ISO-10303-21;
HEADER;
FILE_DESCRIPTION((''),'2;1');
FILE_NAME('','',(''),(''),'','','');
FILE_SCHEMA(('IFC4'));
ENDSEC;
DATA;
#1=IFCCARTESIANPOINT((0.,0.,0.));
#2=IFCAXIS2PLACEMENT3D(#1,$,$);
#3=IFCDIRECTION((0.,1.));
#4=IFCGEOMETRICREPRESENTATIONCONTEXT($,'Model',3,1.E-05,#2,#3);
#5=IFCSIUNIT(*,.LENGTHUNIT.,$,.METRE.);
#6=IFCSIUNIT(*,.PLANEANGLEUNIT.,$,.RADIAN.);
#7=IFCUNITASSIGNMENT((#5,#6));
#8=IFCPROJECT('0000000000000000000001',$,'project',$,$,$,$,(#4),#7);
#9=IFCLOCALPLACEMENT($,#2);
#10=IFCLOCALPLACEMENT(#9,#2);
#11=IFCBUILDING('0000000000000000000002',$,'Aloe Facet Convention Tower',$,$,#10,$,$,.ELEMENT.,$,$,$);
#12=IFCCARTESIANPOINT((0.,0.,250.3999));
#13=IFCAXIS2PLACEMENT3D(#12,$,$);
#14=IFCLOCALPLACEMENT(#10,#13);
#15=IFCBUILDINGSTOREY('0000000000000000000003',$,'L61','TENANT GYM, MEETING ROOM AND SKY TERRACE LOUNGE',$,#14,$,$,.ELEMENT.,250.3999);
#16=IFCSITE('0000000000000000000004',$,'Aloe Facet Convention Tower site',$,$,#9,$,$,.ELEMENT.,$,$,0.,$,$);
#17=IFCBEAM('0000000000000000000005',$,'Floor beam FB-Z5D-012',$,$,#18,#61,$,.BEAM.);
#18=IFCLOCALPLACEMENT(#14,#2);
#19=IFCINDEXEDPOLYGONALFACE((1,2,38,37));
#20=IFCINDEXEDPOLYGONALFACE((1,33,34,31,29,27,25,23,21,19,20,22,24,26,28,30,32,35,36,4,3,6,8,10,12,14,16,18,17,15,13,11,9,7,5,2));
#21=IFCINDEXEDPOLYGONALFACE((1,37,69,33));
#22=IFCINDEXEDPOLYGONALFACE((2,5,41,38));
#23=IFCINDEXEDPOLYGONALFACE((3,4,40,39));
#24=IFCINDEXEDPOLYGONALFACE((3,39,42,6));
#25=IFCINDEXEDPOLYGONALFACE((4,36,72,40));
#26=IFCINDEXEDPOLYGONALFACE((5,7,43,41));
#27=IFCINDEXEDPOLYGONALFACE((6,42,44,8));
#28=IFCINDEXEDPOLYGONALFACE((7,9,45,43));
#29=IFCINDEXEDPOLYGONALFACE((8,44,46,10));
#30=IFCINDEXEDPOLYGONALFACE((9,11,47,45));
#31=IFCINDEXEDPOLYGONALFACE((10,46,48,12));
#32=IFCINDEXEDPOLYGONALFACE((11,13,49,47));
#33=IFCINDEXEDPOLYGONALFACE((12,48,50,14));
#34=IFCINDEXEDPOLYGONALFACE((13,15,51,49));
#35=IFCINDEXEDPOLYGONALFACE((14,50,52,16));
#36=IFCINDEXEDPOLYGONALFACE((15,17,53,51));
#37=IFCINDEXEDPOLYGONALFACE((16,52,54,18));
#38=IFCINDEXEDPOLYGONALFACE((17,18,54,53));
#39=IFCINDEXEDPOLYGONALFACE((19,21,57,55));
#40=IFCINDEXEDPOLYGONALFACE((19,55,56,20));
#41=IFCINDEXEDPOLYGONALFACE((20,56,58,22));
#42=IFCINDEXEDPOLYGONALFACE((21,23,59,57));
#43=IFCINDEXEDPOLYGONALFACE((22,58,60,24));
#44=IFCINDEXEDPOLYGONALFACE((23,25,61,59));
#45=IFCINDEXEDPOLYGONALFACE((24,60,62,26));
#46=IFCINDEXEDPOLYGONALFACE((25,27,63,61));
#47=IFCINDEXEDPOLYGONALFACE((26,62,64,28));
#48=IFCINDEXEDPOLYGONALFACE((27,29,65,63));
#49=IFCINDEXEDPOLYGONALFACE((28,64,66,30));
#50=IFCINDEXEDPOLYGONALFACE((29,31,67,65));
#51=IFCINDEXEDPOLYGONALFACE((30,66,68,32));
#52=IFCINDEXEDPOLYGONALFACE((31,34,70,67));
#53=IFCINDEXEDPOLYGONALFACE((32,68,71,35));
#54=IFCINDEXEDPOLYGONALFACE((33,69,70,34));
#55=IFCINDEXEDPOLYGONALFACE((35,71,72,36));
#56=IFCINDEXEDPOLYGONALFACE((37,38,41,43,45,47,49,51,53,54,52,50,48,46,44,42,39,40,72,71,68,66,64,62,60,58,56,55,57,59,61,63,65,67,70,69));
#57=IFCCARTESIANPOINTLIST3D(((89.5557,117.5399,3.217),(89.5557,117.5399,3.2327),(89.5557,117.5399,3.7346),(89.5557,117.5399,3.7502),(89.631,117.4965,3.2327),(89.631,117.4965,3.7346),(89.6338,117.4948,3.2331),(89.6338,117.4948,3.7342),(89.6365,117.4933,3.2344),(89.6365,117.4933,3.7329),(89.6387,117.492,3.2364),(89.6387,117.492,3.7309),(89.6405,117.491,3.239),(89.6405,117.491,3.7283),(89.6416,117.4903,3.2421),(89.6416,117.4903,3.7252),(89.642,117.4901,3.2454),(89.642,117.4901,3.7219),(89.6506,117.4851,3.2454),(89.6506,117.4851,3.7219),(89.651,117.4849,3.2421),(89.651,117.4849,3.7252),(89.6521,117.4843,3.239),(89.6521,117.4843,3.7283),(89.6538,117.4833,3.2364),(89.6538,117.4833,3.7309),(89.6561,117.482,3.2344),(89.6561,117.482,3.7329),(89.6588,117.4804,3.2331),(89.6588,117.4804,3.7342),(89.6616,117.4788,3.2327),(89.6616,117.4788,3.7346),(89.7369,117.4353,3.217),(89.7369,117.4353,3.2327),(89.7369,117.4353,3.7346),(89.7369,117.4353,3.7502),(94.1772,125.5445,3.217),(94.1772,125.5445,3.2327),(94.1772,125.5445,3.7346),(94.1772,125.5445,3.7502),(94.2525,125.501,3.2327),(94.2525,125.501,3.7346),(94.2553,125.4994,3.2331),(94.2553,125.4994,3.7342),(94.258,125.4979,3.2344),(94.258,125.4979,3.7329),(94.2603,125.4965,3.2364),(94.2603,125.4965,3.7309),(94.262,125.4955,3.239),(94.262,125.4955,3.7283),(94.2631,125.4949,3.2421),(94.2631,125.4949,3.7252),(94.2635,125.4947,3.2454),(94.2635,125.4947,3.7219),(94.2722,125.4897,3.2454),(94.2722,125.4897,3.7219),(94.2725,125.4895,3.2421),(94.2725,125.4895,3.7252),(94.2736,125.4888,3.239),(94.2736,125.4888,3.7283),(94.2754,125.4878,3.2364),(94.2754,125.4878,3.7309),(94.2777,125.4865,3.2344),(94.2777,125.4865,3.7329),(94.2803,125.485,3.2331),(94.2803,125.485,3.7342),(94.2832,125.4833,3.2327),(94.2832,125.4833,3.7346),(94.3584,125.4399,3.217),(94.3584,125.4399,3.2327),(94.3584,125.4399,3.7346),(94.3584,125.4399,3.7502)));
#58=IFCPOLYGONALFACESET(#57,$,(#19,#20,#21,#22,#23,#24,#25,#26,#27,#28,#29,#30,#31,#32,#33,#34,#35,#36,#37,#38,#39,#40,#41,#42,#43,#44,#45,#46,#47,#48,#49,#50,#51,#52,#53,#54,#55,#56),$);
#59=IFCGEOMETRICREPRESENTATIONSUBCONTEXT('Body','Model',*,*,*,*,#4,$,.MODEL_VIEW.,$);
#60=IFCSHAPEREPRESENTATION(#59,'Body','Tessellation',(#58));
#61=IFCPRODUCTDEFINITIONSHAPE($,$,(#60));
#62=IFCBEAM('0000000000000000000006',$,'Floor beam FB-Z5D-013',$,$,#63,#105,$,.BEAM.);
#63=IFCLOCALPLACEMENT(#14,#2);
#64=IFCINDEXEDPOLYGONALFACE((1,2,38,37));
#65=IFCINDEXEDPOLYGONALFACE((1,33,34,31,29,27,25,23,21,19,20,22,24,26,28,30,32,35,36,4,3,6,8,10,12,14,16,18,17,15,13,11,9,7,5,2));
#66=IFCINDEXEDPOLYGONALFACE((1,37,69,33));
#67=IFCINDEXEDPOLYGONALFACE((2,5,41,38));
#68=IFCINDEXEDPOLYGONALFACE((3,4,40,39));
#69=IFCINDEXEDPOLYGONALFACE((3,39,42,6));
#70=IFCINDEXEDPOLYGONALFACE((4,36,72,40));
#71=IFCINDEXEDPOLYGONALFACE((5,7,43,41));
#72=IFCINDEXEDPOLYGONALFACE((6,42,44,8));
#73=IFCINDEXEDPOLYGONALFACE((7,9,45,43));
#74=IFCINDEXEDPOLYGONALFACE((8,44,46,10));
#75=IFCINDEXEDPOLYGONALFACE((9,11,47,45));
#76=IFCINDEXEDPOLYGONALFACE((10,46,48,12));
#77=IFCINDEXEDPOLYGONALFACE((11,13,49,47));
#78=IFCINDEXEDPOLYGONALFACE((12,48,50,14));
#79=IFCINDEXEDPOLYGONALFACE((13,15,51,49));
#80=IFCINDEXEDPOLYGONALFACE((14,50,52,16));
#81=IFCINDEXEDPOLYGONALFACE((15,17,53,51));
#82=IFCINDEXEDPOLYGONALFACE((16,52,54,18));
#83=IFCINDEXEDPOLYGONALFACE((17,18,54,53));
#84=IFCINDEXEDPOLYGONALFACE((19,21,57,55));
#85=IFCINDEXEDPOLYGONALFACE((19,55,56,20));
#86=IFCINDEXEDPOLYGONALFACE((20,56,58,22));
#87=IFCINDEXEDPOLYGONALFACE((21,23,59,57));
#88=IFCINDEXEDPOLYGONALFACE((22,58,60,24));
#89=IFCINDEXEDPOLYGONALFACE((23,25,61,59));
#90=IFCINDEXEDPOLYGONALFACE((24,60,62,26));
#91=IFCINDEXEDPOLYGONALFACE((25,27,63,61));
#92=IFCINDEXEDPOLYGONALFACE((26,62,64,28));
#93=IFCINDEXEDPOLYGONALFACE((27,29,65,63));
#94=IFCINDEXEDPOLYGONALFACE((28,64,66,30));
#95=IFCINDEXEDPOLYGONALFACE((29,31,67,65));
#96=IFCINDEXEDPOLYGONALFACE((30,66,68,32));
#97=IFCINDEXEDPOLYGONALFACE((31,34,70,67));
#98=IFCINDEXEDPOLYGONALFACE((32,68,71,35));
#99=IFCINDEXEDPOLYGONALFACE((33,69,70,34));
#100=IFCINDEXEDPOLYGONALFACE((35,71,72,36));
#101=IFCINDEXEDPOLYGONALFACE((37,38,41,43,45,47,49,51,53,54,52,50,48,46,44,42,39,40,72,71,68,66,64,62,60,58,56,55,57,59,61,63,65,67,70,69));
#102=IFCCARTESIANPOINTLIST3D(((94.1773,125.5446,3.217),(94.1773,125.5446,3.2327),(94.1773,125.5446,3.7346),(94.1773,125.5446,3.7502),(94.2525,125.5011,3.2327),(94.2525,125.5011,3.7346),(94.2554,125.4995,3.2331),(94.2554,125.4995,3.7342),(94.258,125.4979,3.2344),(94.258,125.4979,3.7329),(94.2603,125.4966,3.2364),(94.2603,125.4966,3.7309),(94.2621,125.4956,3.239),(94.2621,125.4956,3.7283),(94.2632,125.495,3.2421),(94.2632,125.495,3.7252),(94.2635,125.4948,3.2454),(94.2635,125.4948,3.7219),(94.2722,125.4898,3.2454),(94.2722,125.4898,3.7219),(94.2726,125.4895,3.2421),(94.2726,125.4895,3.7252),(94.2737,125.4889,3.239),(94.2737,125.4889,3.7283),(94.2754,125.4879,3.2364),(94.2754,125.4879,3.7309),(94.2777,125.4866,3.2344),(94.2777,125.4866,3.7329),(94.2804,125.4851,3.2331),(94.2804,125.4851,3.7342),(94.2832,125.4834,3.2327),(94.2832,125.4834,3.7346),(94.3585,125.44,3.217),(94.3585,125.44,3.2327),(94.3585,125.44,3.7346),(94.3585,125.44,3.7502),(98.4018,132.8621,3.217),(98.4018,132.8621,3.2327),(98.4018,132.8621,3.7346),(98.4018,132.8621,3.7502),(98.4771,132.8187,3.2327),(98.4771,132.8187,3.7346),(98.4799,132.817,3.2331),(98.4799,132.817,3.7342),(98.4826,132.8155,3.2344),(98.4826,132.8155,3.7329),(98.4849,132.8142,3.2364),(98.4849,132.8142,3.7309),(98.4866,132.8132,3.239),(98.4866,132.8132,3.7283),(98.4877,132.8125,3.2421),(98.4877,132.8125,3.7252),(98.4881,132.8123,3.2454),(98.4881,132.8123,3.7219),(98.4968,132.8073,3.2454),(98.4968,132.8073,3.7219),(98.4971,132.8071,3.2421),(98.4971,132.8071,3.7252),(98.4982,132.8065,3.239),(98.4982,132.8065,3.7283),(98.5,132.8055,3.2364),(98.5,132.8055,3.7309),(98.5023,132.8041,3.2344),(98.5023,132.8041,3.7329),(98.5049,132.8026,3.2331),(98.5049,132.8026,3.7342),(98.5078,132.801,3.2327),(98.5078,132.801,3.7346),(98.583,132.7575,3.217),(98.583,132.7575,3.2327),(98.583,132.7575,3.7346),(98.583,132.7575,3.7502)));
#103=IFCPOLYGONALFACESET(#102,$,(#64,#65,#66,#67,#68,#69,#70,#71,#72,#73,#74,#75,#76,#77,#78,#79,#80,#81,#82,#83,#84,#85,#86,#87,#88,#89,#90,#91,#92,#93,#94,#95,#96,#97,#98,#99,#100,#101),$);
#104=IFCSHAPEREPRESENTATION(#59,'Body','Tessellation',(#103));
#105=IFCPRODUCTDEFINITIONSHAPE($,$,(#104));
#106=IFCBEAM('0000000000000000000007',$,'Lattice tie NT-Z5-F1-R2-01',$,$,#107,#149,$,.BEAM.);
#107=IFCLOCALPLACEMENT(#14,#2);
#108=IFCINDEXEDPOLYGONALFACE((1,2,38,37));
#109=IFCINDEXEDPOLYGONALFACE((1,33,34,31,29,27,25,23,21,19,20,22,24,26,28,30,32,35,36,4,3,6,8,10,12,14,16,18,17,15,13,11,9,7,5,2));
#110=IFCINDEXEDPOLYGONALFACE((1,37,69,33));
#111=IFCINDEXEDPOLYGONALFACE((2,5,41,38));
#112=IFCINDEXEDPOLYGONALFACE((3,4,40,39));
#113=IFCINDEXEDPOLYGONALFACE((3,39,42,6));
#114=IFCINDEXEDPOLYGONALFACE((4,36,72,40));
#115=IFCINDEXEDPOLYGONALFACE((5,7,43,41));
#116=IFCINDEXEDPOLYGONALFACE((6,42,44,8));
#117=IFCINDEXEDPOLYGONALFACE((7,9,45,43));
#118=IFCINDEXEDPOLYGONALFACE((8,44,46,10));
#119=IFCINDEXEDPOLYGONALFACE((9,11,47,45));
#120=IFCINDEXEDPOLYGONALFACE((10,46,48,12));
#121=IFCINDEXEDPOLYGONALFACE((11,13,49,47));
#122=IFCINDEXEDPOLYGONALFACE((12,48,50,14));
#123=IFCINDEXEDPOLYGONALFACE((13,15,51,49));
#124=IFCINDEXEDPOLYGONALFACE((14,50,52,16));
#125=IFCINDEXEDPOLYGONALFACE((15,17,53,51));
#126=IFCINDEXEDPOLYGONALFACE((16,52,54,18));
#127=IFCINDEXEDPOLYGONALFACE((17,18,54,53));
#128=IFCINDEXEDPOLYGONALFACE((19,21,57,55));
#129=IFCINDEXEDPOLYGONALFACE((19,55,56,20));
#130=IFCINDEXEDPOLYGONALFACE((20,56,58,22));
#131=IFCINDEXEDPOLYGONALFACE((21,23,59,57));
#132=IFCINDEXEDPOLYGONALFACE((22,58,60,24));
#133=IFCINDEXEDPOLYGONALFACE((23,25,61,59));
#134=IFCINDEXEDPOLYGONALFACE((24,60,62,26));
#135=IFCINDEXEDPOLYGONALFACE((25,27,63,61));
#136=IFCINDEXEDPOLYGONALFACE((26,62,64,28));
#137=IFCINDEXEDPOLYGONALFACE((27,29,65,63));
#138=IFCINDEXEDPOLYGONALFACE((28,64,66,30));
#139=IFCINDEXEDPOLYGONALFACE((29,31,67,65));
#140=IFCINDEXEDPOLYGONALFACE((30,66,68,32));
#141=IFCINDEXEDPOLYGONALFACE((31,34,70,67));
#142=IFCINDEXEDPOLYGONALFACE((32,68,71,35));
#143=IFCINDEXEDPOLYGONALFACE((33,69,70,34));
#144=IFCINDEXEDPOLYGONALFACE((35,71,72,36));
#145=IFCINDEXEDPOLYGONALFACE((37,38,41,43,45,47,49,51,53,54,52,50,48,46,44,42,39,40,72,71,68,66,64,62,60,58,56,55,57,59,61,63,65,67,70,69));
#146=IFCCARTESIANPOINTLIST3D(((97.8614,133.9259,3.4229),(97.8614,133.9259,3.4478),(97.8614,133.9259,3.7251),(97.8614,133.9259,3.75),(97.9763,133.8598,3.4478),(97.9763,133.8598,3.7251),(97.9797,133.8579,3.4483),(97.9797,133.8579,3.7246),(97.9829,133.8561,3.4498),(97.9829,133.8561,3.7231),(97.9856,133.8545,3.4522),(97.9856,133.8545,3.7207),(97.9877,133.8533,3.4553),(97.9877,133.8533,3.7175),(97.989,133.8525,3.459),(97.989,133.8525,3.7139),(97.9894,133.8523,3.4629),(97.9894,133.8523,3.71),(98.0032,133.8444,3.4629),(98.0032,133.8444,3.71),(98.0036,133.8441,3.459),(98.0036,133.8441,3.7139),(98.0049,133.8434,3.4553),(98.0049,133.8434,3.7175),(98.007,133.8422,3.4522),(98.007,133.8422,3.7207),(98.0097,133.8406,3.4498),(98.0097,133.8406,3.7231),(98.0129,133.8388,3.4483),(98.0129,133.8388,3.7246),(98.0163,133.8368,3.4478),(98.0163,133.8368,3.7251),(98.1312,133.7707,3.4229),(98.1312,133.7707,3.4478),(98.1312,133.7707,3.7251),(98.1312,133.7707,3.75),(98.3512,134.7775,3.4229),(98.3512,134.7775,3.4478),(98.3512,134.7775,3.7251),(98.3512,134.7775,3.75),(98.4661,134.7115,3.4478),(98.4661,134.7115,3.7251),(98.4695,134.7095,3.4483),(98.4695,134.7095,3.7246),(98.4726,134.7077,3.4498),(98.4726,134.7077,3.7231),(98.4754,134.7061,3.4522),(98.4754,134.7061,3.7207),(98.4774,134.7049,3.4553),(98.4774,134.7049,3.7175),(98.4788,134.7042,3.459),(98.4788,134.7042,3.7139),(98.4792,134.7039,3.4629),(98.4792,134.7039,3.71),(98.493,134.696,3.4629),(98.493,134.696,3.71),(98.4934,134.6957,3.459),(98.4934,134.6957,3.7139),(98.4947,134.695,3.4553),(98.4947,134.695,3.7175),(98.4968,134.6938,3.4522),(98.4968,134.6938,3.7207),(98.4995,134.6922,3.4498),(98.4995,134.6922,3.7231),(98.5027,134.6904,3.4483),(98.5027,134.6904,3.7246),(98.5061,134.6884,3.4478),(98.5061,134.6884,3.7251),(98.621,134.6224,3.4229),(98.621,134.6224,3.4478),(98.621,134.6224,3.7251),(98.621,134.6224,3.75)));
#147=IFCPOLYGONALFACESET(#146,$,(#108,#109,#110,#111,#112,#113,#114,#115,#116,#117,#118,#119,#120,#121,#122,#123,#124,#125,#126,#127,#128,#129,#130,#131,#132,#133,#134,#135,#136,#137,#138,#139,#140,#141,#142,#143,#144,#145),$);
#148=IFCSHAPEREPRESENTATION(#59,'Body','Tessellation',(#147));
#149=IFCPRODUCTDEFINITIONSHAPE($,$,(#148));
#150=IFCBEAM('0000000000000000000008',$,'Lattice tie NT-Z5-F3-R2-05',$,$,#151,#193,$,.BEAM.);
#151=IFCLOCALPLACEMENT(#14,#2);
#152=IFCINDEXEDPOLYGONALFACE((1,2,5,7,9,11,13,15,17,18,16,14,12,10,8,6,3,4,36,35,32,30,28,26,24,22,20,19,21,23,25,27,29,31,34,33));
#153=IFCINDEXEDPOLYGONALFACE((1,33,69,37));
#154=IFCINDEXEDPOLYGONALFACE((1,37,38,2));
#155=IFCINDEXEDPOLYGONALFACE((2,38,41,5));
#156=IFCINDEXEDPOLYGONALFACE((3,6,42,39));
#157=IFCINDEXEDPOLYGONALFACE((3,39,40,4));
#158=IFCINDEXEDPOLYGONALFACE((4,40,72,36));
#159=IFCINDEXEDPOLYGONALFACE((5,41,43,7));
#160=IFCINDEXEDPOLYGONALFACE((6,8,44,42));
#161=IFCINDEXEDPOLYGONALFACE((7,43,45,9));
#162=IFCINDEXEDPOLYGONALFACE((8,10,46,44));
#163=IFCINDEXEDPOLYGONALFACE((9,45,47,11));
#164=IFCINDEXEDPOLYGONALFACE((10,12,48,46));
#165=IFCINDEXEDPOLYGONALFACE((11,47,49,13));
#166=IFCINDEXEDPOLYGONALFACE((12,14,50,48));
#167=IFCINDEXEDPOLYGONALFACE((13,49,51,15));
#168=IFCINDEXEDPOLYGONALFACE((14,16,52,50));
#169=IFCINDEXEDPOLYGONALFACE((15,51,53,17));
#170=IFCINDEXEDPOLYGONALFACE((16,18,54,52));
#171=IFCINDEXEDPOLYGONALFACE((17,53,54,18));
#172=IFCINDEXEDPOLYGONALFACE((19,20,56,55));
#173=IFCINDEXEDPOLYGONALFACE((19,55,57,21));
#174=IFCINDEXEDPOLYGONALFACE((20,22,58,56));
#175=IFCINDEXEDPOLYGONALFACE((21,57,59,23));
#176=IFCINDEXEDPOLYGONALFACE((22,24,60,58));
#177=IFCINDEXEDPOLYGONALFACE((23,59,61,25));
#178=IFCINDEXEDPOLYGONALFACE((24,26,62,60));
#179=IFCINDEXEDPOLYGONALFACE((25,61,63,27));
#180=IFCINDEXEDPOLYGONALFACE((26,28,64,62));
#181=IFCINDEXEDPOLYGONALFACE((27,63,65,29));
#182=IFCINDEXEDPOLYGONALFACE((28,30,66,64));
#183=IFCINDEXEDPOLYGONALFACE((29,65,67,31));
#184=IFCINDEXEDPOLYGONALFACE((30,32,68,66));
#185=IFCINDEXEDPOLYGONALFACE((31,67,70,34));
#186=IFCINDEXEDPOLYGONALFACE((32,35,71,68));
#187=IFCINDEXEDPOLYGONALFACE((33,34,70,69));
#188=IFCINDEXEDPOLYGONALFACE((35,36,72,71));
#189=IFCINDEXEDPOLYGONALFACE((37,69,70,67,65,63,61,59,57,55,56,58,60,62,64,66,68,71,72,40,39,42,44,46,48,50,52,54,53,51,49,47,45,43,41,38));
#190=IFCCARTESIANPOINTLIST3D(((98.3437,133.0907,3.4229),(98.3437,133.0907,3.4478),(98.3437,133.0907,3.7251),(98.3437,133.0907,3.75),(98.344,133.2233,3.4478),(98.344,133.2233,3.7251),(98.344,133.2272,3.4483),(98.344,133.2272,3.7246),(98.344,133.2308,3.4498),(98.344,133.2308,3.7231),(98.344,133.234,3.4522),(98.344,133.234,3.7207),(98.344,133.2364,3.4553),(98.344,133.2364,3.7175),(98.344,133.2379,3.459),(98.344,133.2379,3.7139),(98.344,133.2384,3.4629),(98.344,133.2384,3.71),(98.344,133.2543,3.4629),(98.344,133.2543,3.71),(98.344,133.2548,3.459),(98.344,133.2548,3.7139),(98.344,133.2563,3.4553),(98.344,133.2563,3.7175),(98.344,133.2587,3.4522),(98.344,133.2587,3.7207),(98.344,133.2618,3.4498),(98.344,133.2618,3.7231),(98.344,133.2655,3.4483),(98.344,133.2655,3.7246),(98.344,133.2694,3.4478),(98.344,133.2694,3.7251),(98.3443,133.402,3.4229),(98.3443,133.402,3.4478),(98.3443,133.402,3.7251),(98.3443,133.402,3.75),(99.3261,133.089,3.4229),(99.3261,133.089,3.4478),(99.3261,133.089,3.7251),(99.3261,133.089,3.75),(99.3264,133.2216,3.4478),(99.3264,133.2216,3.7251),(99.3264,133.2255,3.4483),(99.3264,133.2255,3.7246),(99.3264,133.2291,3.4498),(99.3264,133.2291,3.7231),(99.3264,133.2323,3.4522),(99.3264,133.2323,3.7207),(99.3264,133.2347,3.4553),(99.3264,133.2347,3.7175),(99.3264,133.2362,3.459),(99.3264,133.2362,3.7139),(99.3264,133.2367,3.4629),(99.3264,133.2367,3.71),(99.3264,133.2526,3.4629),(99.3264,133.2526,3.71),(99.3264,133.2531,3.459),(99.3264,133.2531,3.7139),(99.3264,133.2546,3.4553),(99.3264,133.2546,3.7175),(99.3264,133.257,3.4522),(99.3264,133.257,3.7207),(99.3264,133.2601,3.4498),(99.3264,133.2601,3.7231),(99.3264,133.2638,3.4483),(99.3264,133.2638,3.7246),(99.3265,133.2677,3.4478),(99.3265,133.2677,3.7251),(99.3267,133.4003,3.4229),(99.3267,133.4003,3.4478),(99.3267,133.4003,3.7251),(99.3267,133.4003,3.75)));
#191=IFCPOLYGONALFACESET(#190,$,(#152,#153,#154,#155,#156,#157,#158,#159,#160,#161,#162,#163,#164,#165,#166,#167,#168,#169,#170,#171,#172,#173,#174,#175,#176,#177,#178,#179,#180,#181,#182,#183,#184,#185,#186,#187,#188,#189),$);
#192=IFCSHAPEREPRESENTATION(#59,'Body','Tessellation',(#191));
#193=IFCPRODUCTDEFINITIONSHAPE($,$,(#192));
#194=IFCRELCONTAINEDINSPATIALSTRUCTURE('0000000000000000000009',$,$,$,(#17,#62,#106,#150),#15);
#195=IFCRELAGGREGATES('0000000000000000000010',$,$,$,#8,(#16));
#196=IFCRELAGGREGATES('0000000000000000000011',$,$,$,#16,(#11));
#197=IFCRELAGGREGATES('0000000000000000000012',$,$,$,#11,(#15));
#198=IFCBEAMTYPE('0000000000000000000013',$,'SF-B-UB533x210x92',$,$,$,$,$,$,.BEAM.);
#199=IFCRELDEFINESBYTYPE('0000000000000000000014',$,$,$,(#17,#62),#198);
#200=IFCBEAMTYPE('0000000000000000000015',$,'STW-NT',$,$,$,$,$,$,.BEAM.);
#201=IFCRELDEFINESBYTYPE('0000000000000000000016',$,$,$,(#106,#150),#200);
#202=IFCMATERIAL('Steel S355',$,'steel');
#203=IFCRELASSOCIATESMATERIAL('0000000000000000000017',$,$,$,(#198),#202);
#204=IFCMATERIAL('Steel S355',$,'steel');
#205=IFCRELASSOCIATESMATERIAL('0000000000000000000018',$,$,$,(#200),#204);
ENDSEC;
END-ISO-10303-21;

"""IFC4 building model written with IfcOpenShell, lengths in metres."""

from ifc_helpers import new_model, si_unit, direction, frame, origin, origin_2d, place, context, subcontext, project, spatial, i_section, extrude, material, material_profile, profile_set, type_object, element, save


model = new_model("IFC4")

# Units and contexts
model_context = context("Model", 3, precision=1e-05, world=origin(), true_north=direction((0.0, 1.0)))
body_context = subcontext(model_context, "Body", "Model", "MODEL_VIEW")
ifc_project = project(units=[si_unit("LENGTHUNIT", "METRE"), si_unit("PLANEANGLEUNIT", "RADIAN")], contexts=[model_context])

# Site, building, storey
site_placement = place(None, origin())
site = spatial("IfcSite", under=ifc_project, at=site_placement, Name="Aloe Facet Convention Tower site", CompositionType="ELEMENT", RefElevation=0.0)
building_placement = place(site_placement, origin())
building = spatial("IfcBuilding", under=site, at=building_placement, Name="Aloe Facet Convention Tower", CompositionType="ELEMENT")
storey_placement = place(building_placement, frame((0.0, 0.0, 250.3999)))
storey = spatial("IfcBuildingStorey", under=building, at=storey_placement, Name="L61", Description="TENANT GYM, MEETING ROOM AND SKY TERRACE LOUNGE", CompositionType="ELEMENT", Elevation=250.3999)

# Beams
ifc_material_1 = material(Name="Steel S355", Category="steel")
ifc_material_profile_1 = material_profile(ifc_material_1, i_section(OverallWidth=0.2092, OverallDepth=0.5332, WebThickness=0.01, FlangeThickness=0.0156, FilletRadius=0.0127, at=origin_2d()), Name="UB 533x210x92")
ifc_profile_set_1 = profile_set([ifc_material_profile_1], Name="Steel S355")
beam_type_1 = type_object("IfcBeamType", Name="SF-B-UB533x210x92", PredefinedType="BEAM", material=ifc_profile_set_1)
beam_1_placement = place(storey_placement, frame((94.2678, 125.4922, 3.4836), z_axis=(-0.500008, -0.866021, 0.0), x_axis=(0.866021, -0.500008, 0.0)))
element("IfcBeam", 1, at=beam_1_placement, inside=storey, type_object=beam_type_1, Name="Floor beam FB-Z5D-012", PredefinedType="BEAM", context=body_context, shape_type="SweptSolid", body=[
    extrude(i_section(OverallWidth=0.2092, OverallDepth=0.5332, WebThickness=0.01, FlangeThickness=0.0156, FilletRadius=0.0127, at=origin_2d()), origin(), (0.0, 0.0, 1.0), 9.2429),
])
beam_2_placement = place(storey_placement, frame((98.4924, 132.8098, 3.4836), z_axis=(-0.49998, -0.866037, 0.0), x_axis=(0.866037, -0.49998, 0.0)))
element("IfcBeam", 2, at=beam_2_placement, inside=storey, type_object=beam_type_1, Name="Floor beam FB-Z5D-013", PredefinedType="BEAM", context=body_context, shape_type="SweptSolid", body=[
    extrude(i_section(OverallWidth=0.2092, OverallDepth=0.5332, WebThickness=0.01, FlangeThickness=0.0156, FilletRadius=0.0127, at=origin_2d()), origin(), (0.0, 0.0, 1.0), 8.4495),
])
ifc_material_2 = material(Name="Steel S355", Category="steel")
ifc_material_profile_2 = material_profile(ifc_material_2, i_section(OverallWidth=0.3113, OverallDepth=0.3271, WebThickness=0.0159, FlangeThickness=0.0249, FilletRadius=0.0151, at=origin_2d()), Name="UC 305x305x158")
ifc_profile_set_2 = profile_set([ifc_material_profile_2], Name="Steel S355")
beam_type_2 = type_object("IfcBeamType", Name="STW-NT", PredefinedType="BEAM", material=ifc_profile_set_2)
for number, where, z_axis, x_axis, name in (
    (3, (98.4861, 134.7, 3.5864), (-0.498546, -0.866863, 0.0), (0.866863, -0.498546, 0.0), "Lattice tie NT-Z5-F1-R2-01"),
    (4, (99.3264, 133.2446, 3.5864), (-0.999998, 0.00174, 0.0), (-0.00174, -0.999998, 0.0), "Lattice tie NT-Z5-F3-R2-05"),
):
    element("IfcBeam", number, at=place(storey_placement, frame(where, z_axis=z_axis, x_axis=x_axis)), inside=storey, type_object=beam_type_2, Name=name, PredefinedType="BEAM", context=body_context, shape_type="SweptSolid", body=[
        extrude(i_section(OverallWidth=0.3113, OverallDepth=0.3271, WebThickness=0.0159, FlangeThickness=0.0249, FilletRadius=0.0151, at=origin_2d()), origin(), (0.0, 0.0, 1.0), 0.9824),
    ])

save(model, "model.ifc")
